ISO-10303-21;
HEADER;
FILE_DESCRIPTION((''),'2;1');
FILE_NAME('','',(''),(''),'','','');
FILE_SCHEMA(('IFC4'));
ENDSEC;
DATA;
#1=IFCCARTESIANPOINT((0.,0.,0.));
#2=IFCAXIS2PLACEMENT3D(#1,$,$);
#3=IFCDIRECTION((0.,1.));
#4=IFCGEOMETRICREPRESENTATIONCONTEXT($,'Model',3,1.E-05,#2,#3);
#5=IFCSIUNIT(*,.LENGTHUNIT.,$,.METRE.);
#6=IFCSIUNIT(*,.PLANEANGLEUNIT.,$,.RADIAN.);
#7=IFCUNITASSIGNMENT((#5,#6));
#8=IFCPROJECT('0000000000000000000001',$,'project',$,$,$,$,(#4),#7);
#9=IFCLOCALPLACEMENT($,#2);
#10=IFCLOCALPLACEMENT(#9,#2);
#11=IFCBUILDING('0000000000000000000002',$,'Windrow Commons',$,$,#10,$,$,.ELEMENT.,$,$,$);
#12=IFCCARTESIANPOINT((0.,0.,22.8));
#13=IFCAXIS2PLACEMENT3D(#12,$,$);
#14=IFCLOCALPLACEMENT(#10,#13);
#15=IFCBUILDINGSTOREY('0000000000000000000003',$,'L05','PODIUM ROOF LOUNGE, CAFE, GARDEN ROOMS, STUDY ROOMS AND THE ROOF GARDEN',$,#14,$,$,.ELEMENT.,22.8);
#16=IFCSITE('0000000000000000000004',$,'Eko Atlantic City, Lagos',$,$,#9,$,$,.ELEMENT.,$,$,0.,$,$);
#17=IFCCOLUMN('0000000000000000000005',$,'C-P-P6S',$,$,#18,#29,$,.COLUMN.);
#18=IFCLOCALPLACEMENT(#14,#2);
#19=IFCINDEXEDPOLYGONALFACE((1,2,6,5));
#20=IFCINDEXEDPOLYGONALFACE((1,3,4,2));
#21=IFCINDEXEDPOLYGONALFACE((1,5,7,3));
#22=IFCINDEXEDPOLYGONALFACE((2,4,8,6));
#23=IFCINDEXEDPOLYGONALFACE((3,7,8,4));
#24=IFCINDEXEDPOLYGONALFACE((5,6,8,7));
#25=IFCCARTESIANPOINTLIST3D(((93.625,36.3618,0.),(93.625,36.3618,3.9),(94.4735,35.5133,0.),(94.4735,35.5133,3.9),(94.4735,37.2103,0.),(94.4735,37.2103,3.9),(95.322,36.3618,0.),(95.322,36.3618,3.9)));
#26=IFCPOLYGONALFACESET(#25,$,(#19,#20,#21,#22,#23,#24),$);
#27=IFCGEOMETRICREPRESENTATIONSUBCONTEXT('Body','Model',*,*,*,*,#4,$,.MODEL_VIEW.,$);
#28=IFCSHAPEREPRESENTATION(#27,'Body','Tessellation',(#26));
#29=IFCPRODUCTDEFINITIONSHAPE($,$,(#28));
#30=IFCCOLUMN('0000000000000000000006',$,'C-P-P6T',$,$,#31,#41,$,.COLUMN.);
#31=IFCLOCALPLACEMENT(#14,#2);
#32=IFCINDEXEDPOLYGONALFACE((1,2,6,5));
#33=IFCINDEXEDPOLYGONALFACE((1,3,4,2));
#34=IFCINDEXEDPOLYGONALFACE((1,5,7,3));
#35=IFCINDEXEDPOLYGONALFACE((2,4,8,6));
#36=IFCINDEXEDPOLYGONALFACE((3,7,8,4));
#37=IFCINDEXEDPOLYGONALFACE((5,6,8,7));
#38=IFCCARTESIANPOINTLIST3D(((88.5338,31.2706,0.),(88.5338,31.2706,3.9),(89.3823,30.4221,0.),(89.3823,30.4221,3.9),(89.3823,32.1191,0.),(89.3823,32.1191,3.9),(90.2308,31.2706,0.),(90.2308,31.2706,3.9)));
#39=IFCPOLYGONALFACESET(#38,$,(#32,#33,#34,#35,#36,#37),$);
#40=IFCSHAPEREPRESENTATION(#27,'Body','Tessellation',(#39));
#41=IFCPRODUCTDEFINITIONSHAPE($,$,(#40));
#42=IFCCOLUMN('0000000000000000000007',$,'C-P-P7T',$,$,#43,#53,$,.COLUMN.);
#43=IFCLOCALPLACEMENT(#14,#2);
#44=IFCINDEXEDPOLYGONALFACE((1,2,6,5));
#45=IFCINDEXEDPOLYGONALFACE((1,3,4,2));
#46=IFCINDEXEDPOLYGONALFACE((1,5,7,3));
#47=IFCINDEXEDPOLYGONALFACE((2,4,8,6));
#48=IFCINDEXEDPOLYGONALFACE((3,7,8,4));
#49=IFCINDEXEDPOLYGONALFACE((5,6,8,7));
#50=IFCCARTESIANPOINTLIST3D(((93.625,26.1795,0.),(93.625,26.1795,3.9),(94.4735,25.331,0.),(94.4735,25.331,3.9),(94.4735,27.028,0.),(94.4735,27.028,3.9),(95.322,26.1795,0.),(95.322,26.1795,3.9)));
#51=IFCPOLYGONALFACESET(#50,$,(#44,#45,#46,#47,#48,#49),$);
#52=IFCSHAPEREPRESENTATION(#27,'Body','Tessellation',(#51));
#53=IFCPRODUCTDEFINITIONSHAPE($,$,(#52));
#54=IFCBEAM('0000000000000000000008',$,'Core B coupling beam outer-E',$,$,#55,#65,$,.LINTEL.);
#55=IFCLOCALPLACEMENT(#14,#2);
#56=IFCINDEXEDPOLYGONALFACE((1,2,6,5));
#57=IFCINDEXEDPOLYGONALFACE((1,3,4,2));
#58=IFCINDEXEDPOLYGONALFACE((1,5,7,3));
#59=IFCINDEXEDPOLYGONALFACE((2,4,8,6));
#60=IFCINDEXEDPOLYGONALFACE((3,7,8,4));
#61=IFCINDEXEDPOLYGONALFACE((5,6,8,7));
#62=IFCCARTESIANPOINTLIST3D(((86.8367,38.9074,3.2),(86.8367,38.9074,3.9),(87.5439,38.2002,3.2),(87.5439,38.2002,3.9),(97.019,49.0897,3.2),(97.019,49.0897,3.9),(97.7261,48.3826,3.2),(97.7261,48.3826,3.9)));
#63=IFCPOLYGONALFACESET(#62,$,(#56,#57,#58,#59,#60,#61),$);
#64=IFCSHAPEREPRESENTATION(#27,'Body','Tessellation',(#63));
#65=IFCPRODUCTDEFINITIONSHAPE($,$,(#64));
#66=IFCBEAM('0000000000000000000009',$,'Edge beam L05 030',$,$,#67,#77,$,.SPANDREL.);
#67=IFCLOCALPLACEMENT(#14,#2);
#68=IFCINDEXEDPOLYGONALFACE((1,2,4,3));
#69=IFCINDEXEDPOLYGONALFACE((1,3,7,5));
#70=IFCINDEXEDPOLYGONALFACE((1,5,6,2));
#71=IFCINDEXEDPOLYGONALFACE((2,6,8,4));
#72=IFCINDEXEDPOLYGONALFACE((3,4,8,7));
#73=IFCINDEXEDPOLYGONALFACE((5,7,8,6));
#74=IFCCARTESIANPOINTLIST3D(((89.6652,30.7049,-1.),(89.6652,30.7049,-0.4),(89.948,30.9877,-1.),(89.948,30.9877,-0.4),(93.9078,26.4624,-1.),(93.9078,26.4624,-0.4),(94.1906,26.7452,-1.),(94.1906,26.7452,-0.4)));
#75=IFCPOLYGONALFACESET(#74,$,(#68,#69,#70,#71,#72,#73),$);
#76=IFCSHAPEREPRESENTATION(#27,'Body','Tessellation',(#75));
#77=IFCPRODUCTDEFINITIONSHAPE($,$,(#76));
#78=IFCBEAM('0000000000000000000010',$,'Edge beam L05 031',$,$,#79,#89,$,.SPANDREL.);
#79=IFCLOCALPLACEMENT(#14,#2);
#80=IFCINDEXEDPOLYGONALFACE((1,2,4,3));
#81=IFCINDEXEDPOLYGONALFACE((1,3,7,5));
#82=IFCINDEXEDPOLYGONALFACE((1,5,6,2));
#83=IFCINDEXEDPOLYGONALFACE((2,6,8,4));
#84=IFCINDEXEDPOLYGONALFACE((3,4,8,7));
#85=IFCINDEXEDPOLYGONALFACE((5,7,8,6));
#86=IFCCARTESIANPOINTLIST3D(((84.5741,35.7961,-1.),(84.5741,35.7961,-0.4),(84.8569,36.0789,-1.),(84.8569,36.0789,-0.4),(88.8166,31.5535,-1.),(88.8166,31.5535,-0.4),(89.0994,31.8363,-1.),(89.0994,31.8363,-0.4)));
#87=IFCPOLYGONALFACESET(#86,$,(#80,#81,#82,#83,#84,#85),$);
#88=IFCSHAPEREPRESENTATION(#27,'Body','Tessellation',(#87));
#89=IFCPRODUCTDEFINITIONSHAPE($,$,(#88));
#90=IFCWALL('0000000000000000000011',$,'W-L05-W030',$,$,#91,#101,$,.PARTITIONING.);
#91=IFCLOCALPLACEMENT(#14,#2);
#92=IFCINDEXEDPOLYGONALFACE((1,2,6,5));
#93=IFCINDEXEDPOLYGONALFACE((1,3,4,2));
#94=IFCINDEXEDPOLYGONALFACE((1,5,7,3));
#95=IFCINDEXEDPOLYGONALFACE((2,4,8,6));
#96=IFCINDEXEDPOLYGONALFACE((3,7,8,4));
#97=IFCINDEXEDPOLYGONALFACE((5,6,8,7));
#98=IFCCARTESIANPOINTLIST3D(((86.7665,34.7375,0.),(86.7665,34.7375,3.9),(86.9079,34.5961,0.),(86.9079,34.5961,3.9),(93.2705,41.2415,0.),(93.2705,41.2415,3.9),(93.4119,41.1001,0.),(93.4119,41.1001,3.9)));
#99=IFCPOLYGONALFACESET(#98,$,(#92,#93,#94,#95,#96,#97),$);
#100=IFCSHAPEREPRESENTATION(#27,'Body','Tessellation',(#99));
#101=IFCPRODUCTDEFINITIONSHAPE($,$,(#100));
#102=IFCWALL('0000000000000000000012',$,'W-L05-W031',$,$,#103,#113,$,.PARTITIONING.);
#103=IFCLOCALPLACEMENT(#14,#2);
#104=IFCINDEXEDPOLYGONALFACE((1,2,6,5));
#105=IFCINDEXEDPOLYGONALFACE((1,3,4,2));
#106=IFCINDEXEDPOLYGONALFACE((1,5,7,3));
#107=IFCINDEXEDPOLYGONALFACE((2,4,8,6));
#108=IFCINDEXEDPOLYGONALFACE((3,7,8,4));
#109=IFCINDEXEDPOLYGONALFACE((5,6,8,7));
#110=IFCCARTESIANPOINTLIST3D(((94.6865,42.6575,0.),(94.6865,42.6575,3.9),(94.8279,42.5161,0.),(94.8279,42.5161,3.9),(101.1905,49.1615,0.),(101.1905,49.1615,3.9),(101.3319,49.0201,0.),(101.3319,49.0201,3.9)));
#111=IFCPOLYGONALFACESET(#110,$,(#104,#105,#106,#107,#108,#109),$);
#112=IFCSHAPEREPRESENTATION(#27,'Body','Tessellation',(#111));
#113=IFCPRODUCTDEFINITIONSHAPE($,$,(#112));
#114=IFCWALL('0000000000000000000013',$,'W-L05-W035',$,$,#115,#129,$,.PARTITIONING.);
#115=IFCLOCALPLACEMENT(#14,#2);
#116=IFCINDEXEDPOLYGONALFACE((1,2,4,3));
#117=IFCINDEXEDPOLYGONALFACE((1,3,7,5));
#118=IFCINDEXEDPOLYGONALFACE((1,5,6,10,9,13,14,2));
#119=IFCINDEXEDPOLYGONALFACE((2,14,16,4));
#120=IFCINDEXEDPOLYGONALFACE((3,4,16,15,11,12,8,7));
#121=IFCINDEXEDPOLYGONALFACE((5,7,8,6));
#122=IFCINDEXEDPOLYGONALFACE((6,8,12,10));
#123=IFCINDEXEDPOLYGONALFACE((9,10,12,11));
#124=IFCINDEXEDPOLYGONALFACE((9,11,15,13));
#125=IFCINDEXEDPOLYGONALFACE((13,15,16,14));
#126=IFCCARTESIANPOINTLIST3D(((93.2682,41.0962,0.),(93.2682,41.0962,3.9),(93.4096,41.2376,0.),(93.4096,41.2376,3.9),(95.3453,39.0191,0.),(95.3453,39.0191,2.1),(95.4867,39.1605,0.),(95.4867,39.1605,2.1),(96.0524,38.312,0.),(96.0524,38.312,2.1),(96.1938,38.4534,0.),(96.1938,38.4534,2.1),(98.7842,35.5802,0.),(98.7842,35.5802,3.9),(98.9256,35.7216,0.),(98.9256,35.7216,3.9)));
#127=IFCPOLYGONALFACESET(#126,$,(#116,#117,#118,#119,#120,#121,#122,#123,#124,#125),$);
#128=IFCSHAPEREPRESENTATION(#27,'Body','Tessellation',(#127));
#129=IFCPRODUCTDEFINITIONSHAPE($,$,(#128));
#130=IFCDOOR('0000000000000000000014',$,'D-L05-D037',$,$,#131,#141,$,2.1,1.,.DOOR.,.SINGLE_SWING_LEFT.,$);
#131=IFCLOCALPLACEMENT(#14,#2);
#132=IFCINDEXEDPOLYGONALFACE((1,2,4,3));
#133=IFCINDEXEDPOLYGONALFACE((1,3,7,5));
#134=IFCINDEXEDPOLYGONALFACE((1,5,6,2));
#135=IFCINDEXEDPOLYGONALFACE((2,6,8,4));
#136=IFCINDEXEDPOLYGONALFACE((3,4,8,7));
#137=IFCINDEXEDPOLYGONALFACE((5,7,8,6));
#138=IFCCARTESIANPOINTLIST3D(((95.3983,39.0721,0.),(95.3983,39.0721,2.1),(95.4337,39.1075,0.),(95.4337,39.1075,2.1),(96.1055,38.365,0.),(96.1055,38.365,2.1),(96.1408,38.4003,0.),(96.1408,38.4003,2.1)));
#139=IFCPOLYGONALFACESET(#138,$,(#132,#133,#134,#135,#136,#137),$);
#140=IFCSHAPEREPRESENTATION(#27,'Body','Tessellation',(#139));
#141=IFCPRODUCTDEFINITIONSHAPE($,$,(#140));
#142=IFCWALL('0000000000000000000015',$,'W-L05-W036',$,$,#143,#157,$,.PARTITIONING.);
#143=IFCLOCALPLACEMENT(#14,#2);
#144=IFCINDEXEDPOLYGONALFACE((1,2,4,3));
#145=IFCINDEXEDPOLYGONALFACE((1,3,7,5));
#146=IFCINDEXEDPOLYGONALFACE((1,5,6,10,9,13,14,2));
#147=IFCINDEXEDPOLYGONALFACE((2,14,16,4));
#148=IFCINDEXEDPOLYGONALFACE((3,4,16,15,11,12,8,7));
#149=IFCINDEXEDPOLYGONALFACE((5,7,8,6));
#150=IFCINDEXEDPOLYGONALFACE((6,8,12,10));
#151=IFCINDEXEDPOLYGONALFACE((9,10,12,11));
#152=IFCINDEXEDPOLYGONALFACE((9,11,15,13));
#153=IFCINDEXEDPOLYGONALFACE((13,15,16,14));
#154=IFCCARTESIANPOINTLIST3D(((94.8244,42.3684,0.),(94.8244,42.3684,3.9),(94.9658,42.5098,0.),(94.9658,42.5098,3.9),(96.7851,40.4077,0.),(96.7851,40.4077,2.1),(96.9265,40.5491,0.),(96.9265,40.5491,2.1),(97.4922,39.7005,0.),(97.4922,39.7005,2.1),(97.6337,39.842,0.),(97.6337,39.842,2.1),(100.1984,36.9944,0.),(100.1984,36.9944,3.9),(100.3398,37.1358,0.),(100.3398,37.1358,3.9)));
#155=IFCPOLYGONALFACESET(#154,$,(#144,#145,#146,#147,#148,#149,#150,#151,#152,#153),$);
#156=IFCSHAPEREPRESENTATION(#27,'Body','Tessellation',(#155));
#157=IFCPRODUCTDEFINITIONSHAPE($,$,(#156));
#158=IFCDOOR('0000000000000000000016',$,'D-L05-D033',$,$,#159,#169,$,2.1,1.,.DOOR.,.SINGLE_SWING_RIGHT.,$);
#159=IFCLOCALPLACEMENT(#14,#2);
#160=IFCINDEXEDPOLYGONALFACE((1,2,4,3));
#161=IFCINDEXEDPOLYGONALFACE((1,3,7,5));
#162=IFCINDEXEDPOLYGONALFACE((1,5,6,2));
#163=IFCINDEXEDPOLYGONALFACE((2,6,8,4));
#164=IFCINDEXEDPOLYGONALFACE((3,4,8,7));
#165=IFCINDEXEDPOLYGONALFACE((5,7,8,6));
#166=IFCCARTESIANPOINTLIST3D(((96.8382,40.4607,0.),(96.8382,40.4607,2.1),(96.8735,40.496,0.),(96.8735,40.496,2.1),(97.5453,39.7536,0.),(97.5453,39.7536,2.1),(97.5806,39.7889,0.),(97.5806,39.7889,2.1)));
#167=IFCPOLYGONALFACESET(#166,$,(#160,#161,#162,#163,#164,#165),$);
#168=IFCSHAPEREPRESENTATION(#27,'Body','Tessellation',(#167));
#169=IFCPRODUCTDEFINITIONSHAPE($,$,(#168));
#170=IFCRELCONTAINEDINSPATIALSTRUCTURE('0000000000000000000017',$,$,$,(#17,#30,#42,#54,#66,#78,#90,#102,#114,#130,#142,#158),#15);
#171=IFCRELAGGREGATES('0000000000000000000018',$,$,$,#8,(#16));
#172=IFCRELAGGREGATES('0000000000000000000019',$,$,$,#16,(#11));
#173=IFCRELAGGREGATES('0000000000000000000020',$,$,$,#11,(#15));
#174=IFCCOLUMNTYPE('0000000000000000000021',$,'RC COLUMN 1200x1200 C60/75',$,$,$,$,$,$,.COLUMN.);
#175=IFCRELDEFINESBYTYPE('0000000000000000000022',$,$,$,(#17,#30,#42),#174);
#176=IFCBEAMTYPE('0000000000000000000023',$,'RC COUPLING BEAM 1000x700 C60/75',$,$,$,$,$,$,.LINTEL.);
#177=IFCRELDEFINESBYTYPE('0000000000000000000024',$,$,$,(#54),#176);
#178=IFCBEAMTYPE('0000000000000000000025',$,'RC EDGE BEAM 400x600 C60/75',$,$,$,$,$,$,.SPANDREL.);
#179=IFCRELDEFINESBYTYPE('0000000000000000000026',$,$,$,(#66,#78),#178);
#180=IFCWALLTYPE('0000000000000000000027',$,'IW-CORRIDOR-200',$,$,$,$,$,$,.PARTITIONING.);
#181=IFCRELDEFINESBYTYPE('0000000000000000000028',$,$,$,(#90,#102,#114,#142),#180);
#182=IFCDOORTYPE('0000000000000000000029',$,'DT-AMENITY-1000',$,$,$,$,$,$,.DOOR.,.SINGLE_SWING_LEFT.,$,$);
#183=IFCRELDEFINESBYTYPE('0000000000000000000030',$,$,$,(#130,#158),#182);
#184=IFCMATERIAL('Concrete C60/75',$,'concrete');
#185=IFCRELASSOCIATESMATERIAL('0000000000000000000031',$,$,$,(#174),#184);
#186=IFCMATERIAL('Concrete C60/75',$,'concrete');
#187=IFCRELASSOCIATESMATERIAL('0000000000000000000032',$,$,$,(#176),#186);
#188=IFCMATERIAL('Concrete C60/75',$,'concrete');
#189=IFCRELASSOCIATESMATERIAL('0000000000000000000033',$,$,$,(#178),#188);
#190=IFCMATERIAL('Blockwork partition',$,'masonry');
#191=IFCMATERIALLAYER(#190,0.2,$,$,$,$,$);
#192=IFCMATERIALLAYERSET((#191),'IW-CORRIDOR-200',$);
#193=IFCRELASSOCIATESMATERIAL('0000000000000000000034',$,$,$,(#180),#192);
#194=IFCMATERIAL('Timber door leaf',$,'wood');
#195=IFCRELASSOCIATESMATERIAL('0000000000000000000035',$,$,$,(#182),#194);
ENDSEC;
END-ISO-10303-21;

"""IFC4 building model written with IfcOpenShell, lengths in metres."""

from ifc_helpers import new_model, si_unit, direction, frame, frame_2d, origin, origin_2d, place, context, subcontext, project, spatial, rectangle, extrude, material, layer, layer_set, material_profile, profile_set, type_object, element, fill, save


model = new_model("IFC4")

# Units and contexts
model_context = context("Model", 3, precision=1e-05, world=origin(), true_north=direction((0.0, 1.0)))
body_context = subcontext(model_context, "Body", "Model", "MODEL_VIEW")
ifc_project = project(units=[si_unit("LENGTHUNIT", "METRE"), si_unit("PLANEANGLEUNIT", "RADIAN")], contexts=[model_context])

# Site, building, storey
site_placement = place(None, origin())
site = spatial("IfcSite", under=ifc_project, at=site_placement, Name="Eko Atlantic City, Lagos", CompositionType="ELEMENT", RefElevation=0.0)
building_placement = place(site_placement, origin())
building = spatial("IfcBuilding", under=site, at=building_placement, Name="Windrow Commons", CompositionType="ELEMENT")
storey_placement = place(building_placement, frame((0.0, 0.0, 22.8)))
storey = spatial("IfcBuildingStorey", under=building, at=storey_placement, Name="L05", Description="PODIUM ROOF LOUNGE, CAFE, GARDEN ROOMS, STUDY ROOMS AND THE ROOF GARDEN", CompositionType="ELEMENT", Elevation=22.8)

# Columns
ifc_material_1 = material(Name="Concrete C60/75", Category="concrete")
ifc_material_profile_1 = material_profile(ifc_material_1, rectangle(XDim=1.2, YDim=1.2, at=origin_2d()))
ifc_profile_set_1 = profile_set([ifc_material_profile_1], Name="Concrete C60/75")
column_type = type_object("IfcColumnType", Name="RC COLUMN 1200x1200 C60/75", PredefinedType="COLUMN", material=ifc_profile_set_1)
for number, where, z_axis, x_axis, name in (
    (1, (94.4735, 36.3618, 0.0), (0.0, 0.0, 1.0), (0.707107, -0.707107, 0.0), "C-P-P6S"),
    (2, (89.3823, 31.2706, 0.0), (0.0, 0.0, 1.0), (0.707107, -0.707107, 0.0), "C-P-P6T"),
    (3, (94.4735, 26.1795, 0.0), (0.0, 0.0, 1.0), (0.707107, -0.707107, 0.0), "C-P-P7T"),
):
    element("IfcColumn", number, at=place(storey_placement, frame(where, z_axis=z_axis, x_axis=x_axis)), inside=storey, type_object=column_type, Name=name, PredefinedType="COLUMN", context=body_context, shape_type="SweptSolid", body=[
        extrude(rectangle(XDim=1.2, YDim=1.2, at=origin_2d()), origin(), (0.0, 0.0, 1.0), 3.9),
    ])

# Beams
ifc_material_2 = material(Name="Concrete C60/75", Category="concrete")
ifc_material_profile_2 = material_profile(ifc_material_2, rectangle(XDim=1.0, YDim=0.7, at=origin_2d()))
ifc_profile_set_2 = profile_set([ifc_material_profile_2], Name="Concrete C60/75")
beam_type_1 = type_object("IfcBeamType", Name="RC COUPLING BEAM 1000x700 C60/75", PredefinedType="LINTEL", material=ifc_profile_set_2)
beam_placement = place(storey_placement, frame((87.1903, 38.5538, 3.55), z_axis=(0.707103, 0.70711, 0.0), x_axis=(-0.70711, 0.707103, 0.0)))
element("IfcBeam", 4, at=beam_placement, inside=storey, type_object=beam_type_1, Name="Core B coupling beam outer-E", PredefinedType="LINTEL", context=body_context, shape_type="SweptSolid", body=[
    extrude(rectangle(XDim=1.0, YDim=0.7, at=origin_2d()), origin(), (0.0, 0.0, 1.0), 14.4),
])
ifc_material_3 = material(Name="Concrete C60/75", Category="concrete")
ifc_material_profile_3 = material_profile(ifc_material_3, rectangle(XDim=0.4, YDim=0.6, at=origin_2d()))
ifc_profile_set_3 = profile_set([ifc_material_profile_3], Name="Concrete C60/75")
beam_type_2 = type_object("IfcBeamType", Name="RC EDGE BEAM 400x600 C60/75", PredefinedType="SPANDREL", material=ifc_profile_set_3)
for number, where, z_axis, x_axis, name in (
    (5, (94.0492, 26.6038, -0.7), (-0.707115, 0.707098, 0.0), (-0.707098, -0.707115, 0.0), "Edge beam L05 030"),
    (6, (88.958, 31.6949, -0.7), (-0.707098, 0.707115, 0.0), (-0.707115, -0.707098, 0.0), "Edge beam L05 031"),
):
    element("IfcBeam", number, at=place(storey_placement, frame(where, z_axis=z_axis, x_axis=x_axis)), inside=storey, type_object=beam_type_2, Name=name, PredefinedType="SPANDREL", context=body_context, shape_type="SweptSolid", body=[
        extrude(rectangle(XDim=0.4, YDim=0.6, at=origin_2d()), origin(), (0.0, 0.0, 1.0), 5.9999),
    ])

# Walls
ifc_material_4 = material(Name="Blockwork partition", Category="masonry")
ifc_layer_1 = layer(ifc_material_4, 0.2)
ifc_layer_set_1 = layer_set([ifc_layer_1], Name="IW-CORRIDOR-200")
wall_type_1 = type_object("IfcWallType", Name="IW-CORRIDOR-200", PredefinedType="PARTITIONING", material=ifc_layer_set_1)
for number, where, z_axis, x_axis, name in (
    (7, (86.8372, 34.6668, 0.0), (0.0, 0.0, 1.0), (0.707107, 0.707107, 0.0), "W-L05-W030"),
    (8, (94.7572, 42.5868, 0.0), (0.0, 0.0, 1.0), (0.707107, 0.707107, 0.0), "W-L05-W031"),
):
    element("IfcWall", number, at=place(storey_placement, frame(where, z_axis=z_axis, x_axis=x_axis)), inside=storey, type_object=wall_type_1, Name=name, PredefinedType="PARTITIONING", context=body_context, shape_type="SweptSolid", body=[
        extrude(rectangle(XDim=9.198, YDim=0.2, at=frame_2d((4.599, 0.0))), origin(), (0.0, 0.0, 1.0), 3.9),
    ])

# Walls, openings, doors
wall_1_placement = place(storey_placement, frame((93.3389, 41.1669, 0.0), z_axis=(0.0, 0.0, 1.0), x_axis=(0.707107, -0.707107, 0.0)))
wall_1 = element("IfcWall", 9, at=wall_1_placement, inside=storey, type_object=wall_type_1, Name="W-L05-W035", PredefinedType="PARTITIONING", context=body_context, shape_type="SweptSolid", body=[
    extrude(rectangle(XDim=7.8008, YDim=0.2, at=frame_2d((3.9004, 0.0))), origin(), (0.0, 0.0, 1.0), 3.9),
])
opening_1_placement = place(wall_1_placement, frame((2.9375, 0.0, 0.0)))
opening_1 = element("IfcOpeningElement", 10, at=opening_1_placement, cuts=wall_1, PredefinedType="OPENING", context=body_context, shape_type="SweptSolid", body=[
    extrude(rectangle(XDim=1.0, YDim=2.1, at=frame_2d((0.5, 1.05))), frame((0.0, 0.11, 0.0), z_axis=(0.0, -1.0, 0.0), x_axis=(1.0, 0.0, 0.0)), (0.0, 0.0, 1.0), 0.22),
])
ifc_material_5 = material(Name="Timber door leaf", Category="wood")
door_type_1 = type_object("IfcDoorType", Name="DT-AMENITY-1000", OperationType="SINGLE_SWING_LEFT", PredefinedType="DOOR", material=ifc_material_5)
door_1_placement = place(opening_1_placement, origin())
door_1 = element("IfcDoor", 11, at=door_1_placement, inside=storey, type_object=door_type_1, Name="D-L05-D037", OperationType="SINGLE_SWING_LEFT", OverallHeight=2.1, OverallWidth=1.0, PredefinedType="DOOR", context=body_context, shape_type="SweptSolid", body=[
    extrude(rectangle(XDim=1.0, YDim=2.1, at=frame_2d((0.5, 1.05))), frame((0.0, 0.025, 0.0), z_axis=(0.0, -1.0, 0.0), x_axis=(1.0, 0.0, 0.0)), (0.0, 0.0, 1.0), 0.05),
])
fill(opening_1, door_1)
wall_2_placement = place(storey_placement, frame((94.8951, 42.4391, 0.0), z_axis=(0.0, 0.0, 1.0), x_axis=(0.707107, -0.707107, 0.0)))
wall_2 = element("IfcWall", 12, at=wall_2_placement, inside=storey, type_object=wall_type_1, Name="W-L05-W036", PredefinedType="PARTITIONING", context=body_context, shape_type="SweptSolid", body=[
    extrude(rectangle(XDim=7.6, YDim=0.2, at=frame_2d((3.8, 0.0))), origin(), (0.0, 0.0, 1.0), 3.9),
])
opening_2_placement = place(wall_2_placement, frame((2.7729, 0.0, 0.0)))
opening_2 = element("IfcOpeningElement", 13, at=opening_2_placement, cuts=wall_2, PredefinedType="OPENING", context=body_context, shape_type="SweptSolid", body=[
    extrude(rectangle(XDim=1.0, YDim=2.1, at=frame_2d((0.5, 1.05))), frame((0.0, 0.11, 0.0), z_axis=(0.0, -1.0, 0.0), x_axis=(1.0, 0.0, 0.0)), (0.0, 0.0, 1.0), 0.22),
])
door_2_placement = place(opening_2_placement, origin())
door_2 = element("IfcDoor", 14, at=door_2_placement, inside=storey, type_object=door_type_1, Name="D-L05-D033", OperationType="SINGLE_SWING_RIGHT", OverallHeight=2.1, OverallWidth=1.0, PredefinedType="DOOR", context=body_context, shape_type="SweptSolid", body=[
    extrude(rectangle(XDim=1.0, YDim=2.1, at=frame_2d((0.5, 1.05))), frame((0.0, 0.025, 0.0), z_axis=(0.0, -1.0, 0.0), x_axis=(1.0, 0.0, 0.0)), (0.0, 0.0, 1.0), 0.05),
])
fill(opening_2, door_2)

save(model, "model.ifc")
